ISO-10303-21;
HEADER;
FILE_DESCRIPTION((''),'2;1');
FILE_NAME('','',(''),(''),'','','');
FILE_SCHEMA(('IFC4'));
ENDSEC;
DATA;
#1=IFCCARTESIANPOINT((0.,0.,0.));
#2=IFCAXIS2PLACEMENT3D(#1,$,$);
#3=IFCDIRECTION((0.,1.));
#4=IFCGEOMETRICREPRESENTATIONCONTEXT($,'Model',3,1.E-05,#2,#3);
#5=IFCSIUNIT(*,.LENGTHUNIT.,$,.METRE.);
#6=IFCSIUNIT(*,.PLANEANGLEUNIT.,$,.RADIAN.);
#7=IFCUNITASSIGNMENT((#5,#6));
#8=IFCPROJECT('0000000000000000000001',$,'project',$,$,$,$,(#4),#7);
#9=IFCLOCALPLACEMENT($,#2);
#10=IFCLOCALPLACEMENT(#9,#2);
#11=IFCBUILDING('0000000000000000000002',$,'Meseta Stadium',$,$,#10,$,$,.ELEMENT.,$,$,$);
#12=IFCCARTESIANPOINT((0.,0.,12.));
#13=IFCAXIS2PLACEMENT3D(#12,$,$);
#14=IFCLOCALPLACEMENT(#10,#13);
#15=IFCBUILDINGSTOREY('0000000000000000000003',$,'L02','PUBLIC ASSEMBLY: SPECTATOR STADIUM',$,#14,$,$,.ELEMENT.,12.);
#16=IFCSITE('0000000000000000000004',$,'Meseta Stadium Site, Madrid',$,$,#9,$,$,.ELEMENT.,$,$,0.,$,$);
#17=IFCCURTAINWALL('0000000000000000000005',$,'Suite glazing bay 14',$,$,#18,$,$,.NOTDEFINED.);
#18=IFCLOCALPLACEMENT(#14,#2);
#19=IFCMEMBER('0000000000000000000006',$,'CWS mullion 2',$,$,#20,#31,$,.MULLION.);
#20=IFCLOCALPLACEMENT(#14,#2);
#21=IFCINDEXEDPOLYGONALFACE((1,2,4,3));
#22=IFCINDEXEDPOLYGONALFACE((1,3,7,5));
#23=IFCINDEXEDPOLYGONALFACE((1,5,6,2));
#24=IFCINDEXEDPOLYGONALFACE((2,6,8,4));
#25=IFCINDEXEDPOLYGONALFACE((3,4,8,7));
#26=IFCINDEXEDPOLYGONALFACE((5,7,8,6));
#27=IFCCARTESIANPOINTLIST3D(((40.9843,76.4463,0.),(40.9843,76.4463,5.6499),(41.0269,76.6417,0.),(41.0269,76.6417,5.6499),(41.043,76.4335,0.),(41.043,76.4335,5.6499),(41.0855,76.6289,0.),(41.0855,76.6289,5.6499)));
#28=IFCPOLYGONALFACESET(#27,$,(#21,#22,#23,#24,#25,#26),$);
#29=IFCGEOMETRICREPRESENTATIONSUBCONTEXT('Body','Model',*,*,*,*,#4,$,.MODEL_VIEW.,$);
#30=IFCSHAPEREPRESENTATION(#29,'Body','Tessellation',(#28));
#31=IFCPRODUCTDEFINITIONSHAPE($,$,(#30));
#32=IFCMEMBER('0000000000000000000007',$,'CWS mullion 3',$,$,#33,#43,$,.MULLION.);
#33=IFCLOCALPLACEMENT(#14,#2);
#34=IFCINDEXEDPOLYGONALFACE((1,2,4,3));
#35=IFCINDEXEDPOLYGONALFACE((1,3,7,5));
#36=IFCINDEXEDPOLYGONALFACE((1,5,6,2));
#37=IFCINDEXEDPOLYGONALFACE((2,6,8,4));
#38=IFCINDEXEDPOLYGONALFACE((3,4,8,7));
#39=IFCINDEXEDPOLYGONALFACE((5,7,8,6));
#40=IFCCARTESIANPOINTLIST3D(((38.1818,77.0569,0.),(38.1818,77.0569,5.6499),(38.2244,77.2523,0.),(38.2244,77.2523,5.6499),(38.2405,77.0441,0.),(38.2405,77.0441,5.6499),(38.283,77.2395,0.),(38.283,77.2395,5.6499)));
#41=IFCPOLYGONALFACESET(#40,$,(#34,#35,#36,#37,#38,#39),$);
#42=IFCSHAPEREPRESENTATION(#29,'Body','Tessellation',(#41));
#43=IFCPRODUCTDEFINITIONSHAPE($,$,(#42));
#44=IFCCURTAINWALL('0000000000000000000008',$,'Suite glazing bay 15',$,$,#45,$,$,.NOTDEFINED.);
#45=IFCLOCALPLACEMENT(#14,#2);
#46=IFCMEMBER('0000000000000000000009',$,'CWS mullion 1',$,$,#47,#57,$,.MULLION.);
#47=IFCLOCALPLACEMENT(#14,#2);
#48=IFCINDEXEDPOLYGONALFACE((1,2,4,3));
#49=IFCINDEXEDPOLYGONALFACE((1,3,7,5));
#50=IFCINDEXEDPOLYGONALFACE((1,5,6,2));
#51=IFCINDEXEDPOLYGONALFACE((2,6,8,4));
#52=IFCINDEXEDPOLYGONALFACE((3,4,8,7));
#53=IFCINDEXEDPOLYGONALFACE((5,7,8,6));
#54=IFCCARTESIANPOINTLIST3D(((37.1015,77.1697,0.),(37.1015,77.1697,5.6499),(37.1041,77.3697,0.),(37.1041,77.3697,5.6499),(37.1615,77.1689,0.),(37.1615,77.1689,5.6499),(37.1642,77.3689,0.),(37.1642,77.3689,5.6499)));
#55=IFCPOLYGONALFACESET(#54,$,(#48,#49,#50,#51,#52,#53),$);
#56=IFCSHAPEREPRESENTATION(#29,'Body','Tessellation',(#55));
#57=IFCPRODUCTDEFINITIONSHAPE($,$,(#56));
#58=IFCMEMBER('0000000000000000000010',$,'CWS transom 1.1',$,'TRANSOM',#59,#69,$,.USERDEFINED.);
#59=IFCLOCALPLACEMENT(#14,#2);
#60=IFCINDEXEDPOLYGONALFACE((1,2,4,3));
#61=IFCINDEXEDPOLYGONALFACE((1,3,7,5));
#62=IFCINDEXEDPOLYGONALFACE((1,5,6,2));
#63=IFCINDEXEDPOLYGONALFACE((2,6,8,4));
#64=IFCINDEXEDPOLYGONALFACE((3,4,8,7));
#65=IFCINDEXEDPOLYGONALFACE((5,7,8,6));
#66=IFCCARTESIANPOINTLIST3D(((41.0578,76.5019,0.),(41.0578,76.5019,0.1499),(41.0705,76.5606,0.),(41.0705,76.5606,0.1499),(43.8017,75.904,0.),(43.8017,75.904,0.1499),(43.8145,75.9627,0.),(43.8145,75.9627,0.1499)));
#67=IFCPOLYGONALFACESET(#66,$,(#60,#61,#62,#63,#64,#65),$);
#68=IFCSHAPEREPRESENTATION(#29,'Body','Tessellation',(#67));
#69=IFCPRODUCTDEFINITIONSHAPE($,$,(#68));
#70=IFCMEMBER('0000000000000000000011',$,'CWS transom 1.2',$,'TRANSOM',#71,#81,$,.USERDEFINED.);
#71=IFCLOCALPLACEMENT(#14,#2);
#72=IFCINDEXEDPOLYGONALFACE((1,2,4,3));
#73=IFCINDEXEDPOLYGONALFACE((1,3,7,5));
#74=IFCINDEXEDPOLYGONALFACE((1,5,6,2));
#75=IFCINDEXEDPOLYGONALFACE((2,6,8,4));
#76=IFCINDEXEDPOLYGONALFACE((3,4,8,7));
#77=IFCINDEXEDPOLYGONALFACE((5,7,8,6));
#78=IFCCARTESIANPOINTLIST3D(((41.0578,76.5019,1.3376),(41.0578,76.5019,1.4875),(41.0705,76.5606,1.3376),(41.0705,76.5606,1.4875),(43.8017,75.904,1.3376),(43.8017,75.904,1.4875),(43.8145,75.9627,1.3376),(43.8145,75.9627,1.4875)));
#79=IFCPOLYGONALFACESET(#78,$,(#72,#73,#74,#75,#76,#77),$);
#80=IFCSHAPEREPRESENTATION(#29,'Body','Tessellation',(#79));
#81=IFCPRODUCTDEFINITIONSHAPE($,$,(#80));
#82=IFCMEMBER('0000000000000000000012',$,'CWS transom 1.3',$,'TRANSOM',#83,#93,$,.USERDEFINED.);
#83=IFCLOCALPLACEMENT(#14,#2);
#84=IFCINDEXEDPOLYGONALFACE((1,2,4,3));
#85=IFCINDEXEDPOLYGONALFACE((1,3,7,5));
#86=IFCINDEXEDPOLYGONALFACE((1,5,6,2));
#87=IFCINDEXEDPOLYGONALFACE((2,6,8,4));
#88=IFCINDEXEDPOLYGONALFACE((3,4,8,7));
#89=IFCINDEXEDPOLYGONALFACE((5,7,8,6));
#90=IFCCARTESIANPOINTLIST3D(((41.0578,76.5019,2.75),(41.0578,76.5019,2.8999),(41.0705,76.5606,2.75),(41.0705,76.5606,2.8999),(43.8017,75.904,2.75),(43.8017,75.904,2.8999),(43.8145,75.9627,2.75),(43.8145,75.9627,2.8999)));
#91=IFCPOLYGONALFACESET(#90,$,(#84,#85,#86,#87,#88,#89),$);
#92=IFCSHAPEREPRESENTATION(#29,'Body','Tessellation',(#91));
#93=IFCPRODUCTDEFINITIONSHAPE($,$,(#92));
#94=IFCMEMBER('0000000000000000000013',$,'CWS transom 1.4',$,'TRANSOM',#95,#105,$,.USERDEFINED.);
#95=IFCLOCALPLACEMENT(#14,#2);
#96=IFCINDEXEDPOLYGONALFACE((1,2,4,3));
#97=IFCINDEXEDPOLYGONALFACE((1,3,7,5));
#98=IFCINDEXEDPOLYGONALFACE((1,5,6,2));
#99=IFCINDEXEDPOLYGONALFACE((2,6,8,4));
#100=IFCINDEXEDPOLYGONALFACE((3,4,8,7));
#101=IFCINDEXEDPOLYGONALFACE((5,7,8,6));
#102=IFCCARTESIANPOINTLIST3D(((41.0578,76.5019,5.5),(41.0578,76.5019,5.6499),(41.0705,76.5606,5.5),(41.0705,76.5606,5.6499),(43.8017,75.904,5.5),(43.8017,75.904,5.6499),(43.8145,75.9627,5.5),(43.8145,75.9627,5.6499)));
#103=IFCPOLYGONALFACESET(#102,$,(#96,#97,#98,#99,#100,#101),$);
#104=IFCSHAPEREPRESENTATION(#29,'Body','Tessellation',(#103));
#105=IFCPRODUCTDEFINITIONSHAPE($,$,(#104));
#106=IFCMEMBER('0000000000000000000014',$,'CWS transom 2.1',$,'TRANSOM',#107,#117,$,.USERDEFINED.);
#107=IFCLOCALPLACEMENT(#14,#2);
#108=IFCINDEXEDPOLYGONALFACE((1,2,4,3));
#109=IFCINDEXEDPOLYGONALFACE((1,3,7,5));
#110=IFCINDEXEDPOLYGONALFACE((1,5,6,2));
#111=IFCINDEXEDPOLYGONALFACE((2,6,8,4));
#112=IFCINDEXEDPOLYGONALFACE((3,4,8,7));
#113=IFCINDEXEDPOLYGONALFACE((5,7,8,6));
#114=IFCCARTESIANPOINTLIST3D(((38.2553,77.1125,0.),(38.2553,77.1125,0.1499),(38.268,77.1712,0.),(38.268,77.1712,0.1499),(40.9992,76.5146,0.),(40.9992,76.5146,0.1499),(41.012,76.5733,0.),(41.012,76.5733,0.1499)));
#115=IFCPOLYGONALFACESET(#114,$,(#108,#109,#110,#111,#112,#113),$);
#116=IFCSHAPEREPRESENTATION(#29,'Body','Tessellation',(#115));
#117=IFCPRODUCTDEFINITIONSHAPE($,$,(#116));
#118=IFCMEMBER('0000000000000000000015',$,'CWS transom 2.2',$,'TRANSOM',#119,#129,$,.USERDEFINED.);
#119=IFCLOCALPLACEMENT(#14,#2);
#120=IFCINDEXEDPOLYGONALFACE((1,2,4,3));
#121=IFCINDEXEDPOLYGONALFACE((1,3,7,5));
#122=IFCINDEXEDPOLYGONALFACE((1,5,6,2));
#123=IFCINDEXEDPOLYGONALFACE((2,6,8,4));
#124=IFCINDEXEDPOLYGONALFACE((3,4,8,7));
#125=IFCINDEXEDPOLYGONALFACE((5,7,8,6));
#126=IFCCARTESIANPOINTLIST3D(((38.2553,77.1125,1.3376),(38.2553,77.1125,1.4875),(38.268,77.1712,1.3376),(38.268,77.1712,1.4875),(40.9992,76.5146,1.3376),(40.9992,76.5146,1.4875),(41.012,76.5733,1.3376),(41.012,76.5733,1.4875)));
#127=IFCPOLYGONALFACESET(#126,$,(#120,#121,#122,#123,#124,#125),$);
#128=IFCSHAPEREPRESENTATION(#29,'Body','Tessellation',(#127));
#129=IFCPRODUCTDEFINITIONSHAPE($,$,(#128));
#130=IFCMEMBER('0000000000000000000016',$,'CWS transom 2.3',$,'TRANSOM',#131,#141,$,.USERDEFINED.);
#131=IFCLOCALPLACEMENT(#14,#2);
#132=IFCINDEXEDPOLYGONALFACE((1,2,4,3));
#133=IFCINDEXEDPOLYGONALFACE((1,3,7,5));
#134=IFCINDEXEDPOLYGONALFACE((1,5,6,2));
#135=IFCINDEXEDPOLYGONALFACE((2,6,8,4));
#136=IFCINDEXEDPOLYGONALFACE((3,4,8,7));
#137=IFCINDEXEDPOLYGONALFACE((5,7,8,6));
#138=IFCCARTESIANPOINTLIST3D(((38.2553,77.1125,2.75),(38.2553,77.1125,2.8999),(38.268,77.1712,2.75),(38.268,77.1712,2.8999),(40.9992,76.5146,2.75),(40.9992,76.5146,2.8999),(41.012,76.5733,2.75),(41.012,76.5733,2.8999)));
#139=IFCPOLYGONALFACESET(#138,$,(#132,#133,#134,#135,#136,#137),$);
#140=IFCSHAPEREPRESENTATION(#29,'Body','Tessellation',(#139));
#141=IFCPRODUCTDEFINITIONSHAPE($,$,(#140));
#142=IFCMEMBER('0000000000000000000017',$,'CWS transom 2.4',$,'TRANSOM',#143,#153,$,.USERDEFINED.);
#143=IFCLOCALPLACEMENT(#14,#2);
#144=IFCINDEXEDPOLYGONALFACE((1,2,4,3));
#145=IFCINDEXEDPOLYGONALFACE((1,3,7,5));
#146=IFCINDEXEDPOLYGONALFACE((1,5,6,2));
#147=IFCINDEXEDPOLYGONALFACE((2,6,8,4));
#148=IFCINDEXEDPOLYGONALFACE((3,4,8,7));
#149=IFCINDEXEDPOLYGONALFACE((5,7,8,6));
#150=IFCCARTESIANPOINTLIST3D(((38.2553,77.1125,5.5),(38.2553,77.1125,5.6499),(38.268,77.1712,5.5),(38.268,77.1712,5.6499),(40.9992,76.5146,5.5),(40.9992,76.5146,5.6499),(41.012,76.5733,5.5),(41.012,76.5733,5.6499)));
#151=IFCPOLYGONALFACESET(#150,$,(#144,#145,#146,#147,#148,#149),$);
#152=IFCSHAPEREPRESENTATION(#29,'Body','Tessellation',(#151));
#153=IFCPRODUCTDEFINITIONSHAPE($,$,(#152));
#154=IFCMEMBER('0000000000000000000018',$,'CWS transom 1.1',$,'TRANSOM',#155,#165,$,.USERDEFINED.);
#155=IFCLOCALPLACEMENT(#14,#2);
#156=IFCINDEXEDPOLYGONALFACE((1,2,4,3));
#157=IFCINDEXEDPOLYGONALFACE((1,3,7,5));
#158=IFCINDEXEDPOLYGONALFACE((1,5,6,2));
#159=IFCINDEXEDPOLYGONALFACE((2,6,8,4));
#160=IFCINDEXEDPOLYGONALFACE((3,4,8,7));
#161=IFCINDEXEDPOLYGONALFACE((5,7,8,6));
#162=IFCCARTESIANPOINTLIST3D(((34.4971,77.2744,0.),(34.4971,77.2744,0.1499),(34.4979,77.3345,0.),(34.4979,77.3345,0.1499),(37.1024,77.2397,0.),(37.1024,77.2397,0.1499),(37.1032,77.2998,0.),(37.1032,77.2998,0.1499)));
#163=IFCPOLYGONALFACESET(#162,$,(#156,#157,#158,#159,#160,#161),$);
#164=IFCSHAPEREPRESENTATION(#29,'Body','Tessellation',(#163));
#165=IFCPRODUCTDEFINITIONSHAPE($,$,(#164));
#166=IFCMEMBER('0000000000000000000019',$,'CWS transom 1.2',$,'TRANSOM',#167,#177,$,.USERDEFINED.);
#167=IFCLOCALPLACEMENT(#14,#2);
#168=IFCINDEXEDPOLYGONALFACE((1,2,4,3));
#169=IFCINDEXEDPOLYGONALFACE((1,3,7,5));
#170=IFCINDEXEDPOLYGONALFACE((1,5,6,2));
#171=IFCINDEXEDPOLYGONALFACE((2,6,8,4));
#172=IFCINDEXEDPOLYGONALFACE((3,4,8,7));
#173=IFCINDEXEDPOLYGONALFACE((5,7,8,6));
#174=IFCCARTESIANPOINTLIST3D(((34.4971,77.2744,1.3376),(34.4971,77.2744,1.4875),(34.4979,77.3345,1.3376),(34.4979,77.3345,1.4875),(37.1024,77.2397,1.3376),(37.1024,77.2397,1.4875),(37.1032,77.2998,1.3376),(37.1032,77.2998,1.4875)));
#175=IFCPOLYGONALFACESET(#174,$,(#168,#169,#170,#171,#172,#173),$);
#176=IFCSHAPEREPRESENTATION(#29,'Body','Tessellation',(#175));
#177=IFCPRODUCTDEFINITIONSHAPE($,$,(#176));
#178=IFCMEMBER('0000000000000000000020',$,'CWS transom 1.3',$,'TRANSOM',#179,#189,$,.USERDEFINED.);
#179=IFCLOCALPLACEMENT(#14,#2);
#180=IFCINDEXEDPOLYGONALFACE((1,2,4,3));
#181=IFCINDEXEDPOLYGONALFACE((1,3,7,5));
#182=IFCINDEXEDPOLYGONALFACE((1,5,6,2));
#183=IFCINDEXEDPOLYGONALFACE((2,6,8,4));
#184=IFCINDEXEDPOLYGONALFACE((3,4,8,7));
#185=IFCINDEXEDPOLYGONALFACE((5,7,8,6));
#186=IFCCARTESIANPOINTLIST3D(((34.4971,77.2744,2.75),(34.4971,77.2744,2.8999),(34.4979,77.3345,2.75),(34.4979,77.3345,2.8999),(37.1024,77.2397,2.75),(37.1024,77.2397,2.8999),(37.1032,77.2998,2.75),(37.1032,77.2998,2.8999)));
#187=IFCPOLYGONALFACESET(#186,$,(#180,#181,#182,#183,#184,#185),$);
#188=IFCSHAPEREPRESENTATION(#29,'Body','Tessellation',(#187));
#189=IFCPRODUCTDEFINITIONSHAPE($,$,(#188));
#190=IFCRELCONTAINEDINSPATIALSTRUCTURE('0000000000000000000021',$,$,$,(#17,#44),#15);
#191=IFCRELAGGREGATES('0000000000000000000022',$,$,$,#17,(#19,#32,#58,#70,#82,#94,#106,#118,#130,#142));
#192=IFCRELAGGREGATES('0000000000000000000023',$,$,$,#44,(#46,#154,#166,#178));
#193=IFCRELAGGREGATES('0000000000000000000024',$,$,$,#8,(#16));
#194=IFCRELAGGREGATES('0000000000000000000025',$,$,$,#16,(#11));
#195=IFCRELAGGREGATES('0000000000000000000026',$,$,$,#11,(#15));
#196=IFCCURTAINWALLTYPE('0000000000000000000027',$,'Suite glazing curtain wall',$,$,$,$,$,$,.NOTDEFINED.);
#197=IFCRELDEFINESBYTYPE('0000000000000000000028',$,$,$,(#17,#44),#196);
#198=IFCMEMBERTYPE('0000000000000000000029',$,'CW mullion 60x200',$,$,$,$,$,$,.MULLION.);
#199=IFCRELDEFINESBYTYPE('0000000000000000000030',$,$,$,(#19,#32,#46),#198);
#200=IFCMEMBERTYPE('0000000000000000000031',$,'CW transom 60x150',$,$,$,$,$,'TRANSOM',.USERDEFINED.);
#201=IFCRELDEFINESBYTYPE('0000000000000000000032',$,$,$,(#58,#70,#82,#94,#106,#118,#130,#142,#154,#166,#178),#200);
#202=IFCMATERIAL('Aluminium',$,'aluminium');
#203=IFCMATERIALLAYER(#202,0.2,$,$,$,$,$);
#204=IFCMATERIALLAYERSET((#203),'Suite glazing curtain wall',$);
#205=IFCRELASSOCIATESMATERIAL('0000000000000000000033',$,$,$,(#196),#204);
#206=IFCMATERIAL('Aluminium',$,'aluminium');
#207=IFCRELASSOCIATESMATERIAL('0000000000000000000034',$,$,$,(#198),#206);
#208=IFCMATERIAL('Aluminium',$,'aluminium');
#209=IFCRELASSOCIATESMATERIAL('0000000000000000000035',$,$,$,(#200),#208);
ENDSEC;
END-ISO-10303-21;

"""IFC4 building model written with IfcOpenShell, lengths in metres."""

from ifc_helpers import new_model, si_unit, direction, frame, origin, origin_2d, place, context, subcontext, project, spatial, rectangle, extrude, material, layer, layer_set, material_profile, profile_set, type_object, element, aggregate, save


model = new_model("IFC4")

# Units and contexts
model_context = context("Model", 3, precision=1e-05, world=origin(), true_north=direction((0.0, 1.0)))
body_context = subcontext(model_context, "Body", "Model", "MODEL_VIEW")
ifc_project = project(units=[si_unit("LENGTHUNIT", "METRE"), si_unit("PLANEANGLEUNIT", "RADIAN")], contexts=[model_context])

# Site, building, storey
site_placement = place(None, origin())
site = spatial("IfcSite", under=ifc_project, at=site_placement, Name="Meseta Stadium Site, Madrid", CompositionType="ELEMENT", RefElevation=0.0)
building_placement = place(site_placement, origin())
building = spatial("IfcBuilding", under=site, at=building_placement, Name="Meseta Stadium", CompositionType="ELEMENT")
storey_placement = place(building_placement, frame((0.0, 0.0, 12.0)))
storey = spatial("IfcBuildingStorey", under=building, at=storey_placement, Name="L02", Description="PUBLIC ASSEMBLY: SPECTATOR STADIUM", CompositionType="ELEMENT", Elevation=12.0)

# Shared definitions
ifc_material_1 = material(Name="Aluminium", Category="aluminium")
ifc_layer_1 = layer(ifc_material_1, 0.2)
ifc_layer_set_1 = layer_set([ifc_layer_1], Name="Suite glazing curtain wall")
curtain_wall_type = type_object("IfcCurtainWallType", Name="Suite glazing curtain wall", PredefinedType="NOTDEFINED", material=ifc_layer_set_1)
ifc_material_2 = material(Name="Aluminium", Category="aluminium")
ifc_material_profile_1 = material_profile(ifc_material_2, rectangle(XDim=0.2, YDim=0.0601, at=origin_2d()), Name="CW 200x60")
ifc_profile_set_1 = profile_set([ifc_material_profile_1], Name="Aluminium")
member_type_1 = type_object("IfcMemberType", Name="CW mullion 60x200", PredefinedType="MULLION", material=ifc_profile_set_1)

# Curtain wall, members
curtain_wall_1_placement = place(storey_placement, origin())
curtain_wall_1 = element("IfcCurtainWall", 1, at=curtain_wall_1_placement, inside=storey, type_object=curtain_wall_type, Name="Suite glazing bay 14", PredefinedType="NOTDEFINED")
member_1_placement = place(storey_placement, frame((41.0349, 76.5376, 0.0), z_axis=(0.0, 0.0, 1.0), x_axis=(-0.212917, -0.97707, 0.0)))
member_1 = element("IfcMember", 2, at=member_1_placement, type_object=member_type_1, Name="CWS mullion 2", PredefinedType="MULLION", context=body_context, shape_type="SweptSolid", body=[
    extrude(rectangle(XDim=0.2, YDim=0.0601, at=origin_2d()), origin(), (0.0, 0.0, 1.0), 5.6499),
])
member_2_placement = place(storey_placement, frame((38.2324, 77.1482, 0.0), z_axis=(0.0, 0.0, 1.0), x_axis=(-0.212917, -0.97707, 0.0)))
member_2 = element("IfcMember", 3, at=member_2_placement, type_object=member_type_1, Name="CWS mullion 3", PredefinedType="MULLION", context=body_context, shape_type="SweptSolid", body=[
    extrude(rectangle(XDim=0.2, YDim=0.0601, at=origin_2d()), origin(), (0.0, 0.0, 1.0), 5.6499),
])

# Curtain wall, member
curtain_wall_2_placement = place(storey_placement, origin())
curtain_wall_2 = element("IfcCurtainWall", 4, at=curtain_wall_2_placement, inside=storey, type_object=curtain_wall_type, Name="Suite glazing bay 15", PredefinedType="NOTDEFINED")
member_3_placement = place(storey_placement, frame((37.1328, 77.2693, 0.0), z_axis=(0.0, 0.0, 1.0), x_axis=(-0.013281, -0.999912, 0.0)))
member_3 = element("IfcMember", 5, at=member_3_placement, type_object=member_type_1, Name="CWS mullion 1", PredefinedType="MULLION", context=body_context, shape_type="SweptSolid", body=[
    extrude(rectangle(XDim=0.2, YDim=0.0601, at=origin_2d()), origin(), (0.0, 0.0, 1.0), 5.6499),
])

# Members
ifc_material_3 = material(Name="Aluminium", Category="aluminium")
ifc_material_profile_2 = material_profile(ifc_material_3, rectangle(XDim=0.0601, YDim=0.1499, at=origin_2d()), Name="CW 60x150")
ifc_profile_set_2 = profile_set([ifc_material_profile_2], Name="Aluminium")
member_type_2 = type_object("IfcMemberType", Name="CW transom 60x150", ElementType="TRANSOM", PredefinedType="USERDEFINED", material=ifc_profile_set_2)
member_4_placement = place(storey_placement, frame((43.8081, 75.9333, 0.075), z_axis=(-0.977073, 0.212906, 0.0), x_axis=(-0.212906, -0.977073, 0.0)))
member_4 = element("IfcMember", 6, at=member_4_placement, type_object=member_type_2, Name="CWS transom 1.1", ObjectType="TRANSOM", PredefinedType="USERDEFINED", context=body_context, shape_type="SweptSolid", body=[
    extrude(rectangle(XDim=0.0601, YDim=0.1499, at=origin_2d()), origin(), (0.0, 0.0, 1.0), 2.8083),
])
member_5_placement = place(storey_placement, frame((43.8081, 75.9333, 1.4126), z_axis=(-0.977073, 0.212906, 0.0), x_axis=(-0.212906, -0.977073, 0.0)))
member_5 = element("IfcMember", 7, at=member_5_placement, type_object=member_type_2, Name="CWS transom 1.2", ObjectType="TRANSOM", PredefinedType="USERDEFINED", context=body_context, shape_type="SweptSolid", body=[
    extrude(rectangle(XDim=0.0601, YDim=0.1499, at=origin_2d()), origin(), (0.0, 0.0, 1.0), 2.8083),
])
member_6_placement = place(storey_placement, frame((43.8081, 75.9333, 2.825), z_axis=(-0.977073, 0.212906, 0.0), x_axis=(-0.212906, -0.977073, 0.0)))
member_6 = element("IfcMember", 8, at=member_6_placement, type_object=member_type_2, Name="CWS transom 1.3", ObjectType="TRANSOM", PredefinedType="USERDEFINED", context=body_context, shape_type="SweptSolid", body=[
    extrude(rectangle(XDim=0.0601, YDim=0.1499, at=origin_2d()), origin(), (0.0, 0.0, 1.0), 2.8083),
])
member_7_placement = place(storey_placement, frame((43.8081, 75.9333, 5.575), z_axis=(-0.977073, 0.212906, 0.0), x_axis=(-0.212906, -0.977073, 0.0)))
member_7 = element("IfcMember", 9, at=member_7_placement, type_object=member_type_2, Name="CWS transom 1.4", ObjectType="TRANSOM", PredefinedType="USERDEFINED", context=body_context, shape_type="SweptSolid", body=[
    extrude(rectangle(XDim=0.0601, YDim=0.1499, at=origin_2d()), origin(), (0.0, 0.0, 1.0), 2.8083),
])
member_8_placement = place(storey_placement, frame((41.0056, 76.5439, 0.075), z_axis=(-0.977073, 0.212906, 0.0), x_axis=(-0.212906, -0.977073, 0.0)))
member_8 = element("IfcMember", 10, at=member_8_placement, type_object=member_type_2, Name="CWS transom 2.1", ObjectType="TRANSOM", PredefinedType="USERDEFINED", context=body_context, shape_type="SweptSolid", body=[
    extrude(rectangle(XDim=0.0601, YDim=0.1499, at=origin_2d()), origin(), (0.0, 0.0, 1.0), 2.8083),
])
member_9_placement = place(storey_placement, frame((41.0056, 76.5439, 1.4126), z_axis=(-0.977073, 0.212906, 0.0), x_axis=(-0.212906, -0.977073, 0.0)))
member_9 = element("IfcMember", 11, at=member_9_placement, type_object=member_type_2, Name="CWS transom 2.2", ObjectType="TRANSOM", PredefinedType="USERDEFINED", context=body_context, shape_type="SweptSolid", body=[
    extrude(rectangle(XDim=0.0601, YDim=0.1499, at=origin_2d()), origin(), (0.0, 0.0, 1.0), 2.8083),
])
member_10_placement = place(storey_placement, frame((41.0056, 76.5439, 2.825), z_axis=(-0.977073, 0.212906, 0.0), x_axis=(-0.212906, -0.977073, 0.0)))
member_10 = element("IfcMember", 12, at=member_10_placement, type_object=member_type_2, Name="CWS transom 2.3", ObjectType="TRANSOM", PredefinedType="USERDEFINED", context=body_context, shape_type="SweptSolid", body=[
    extrude(rectangle(XDim=0.0601, YDim=0.1499, at=origin_2d()), origin(), (0.0, 0.0, 1.0), 2.8083),
])
member_11_placement = place(storey_placement, frame((41.0056, 76.5439, 5.575), z_axis=(-0.977073, 0.212906, 0.0), x_axis=(-0.212906, -0.977073, 0.0)))
member_11 = element("IfcMember", 13, at=member_11_placement, type_object=member_type_2, Name="CWS transom 2.4", ObjectType="TRANSOM", PredefinedType="USERDEFINED", context=body_context, shape_type="SweptSolid", body=[
    extrude(rectangle(XDim=0.0601, YDim=0.1499, at=origin_2d()), origin(), (0.0, 0.0, 1.0), 2.8083),
])
member_12_placement = place(storey_placement, frame((37.1028, 77.2698, 0.075), z_axis=(-0.999911, 0.013306, 0.0), x_axis=(-0.013306, -0.999911, 0.0)))
member_12 = element("IfcMember", 14, at=member_12_placement, type_object=member_type_2, Name="CWS transom 1.1", ObjectType="TRANSOM", PredefinedType="USERDEFINED", context=body_context, shape_type="SweptSolid", body=[
    extrude(rectangle(XDim=0.0601, YDim=0.1499, at=origin_2d()), origin(), (0.0, 0.0, 1.0), 2.6055),
])
member_13_placement = place(storey_placement, frame((37.1028, 77.2698, 1.4126), z_axis=(-0.999911, 0.013306, 0.0), x_axis=(-0.013306, -0.999911, 0.0)))
member_13 = element("IfcMember", 15, at=member_13_placement, type_object=member_type_2, Name="CWS transom 1.2", ObjectType="TRANSOM", PredefinedType="USERDEFINED", context=body_context, shape_type="SweptSolid", body=[
    extrude(rectangle(XDim=0.0601, YDim=0.1499, at=origin_2d()), origin(), (0.0, 0.0, 1.0), 2.6055),
])
member_14_placement = place(storey_placement, frame((37.1028, 77.2698, 2.825), z_axis=(-0.999911, 0.013306, 0.0), x_axis=(-0.013306, -0.999911, 0.0)))
member_14 = element("IfcMember", 16, at=member_14_placement, type_object=member_type_2, Name="CWS transom 1.3", ObjectType="TRANSOM", PredefinedType="USERDEFINED", context=body_context, shape_type="SweptSolid", body=[
    extrude(rectangle(XDim=0.0601, YDim=0.1499, at=origin_2d()), origin(), (0.0, 0.0, 1.0), 2.6055),
])

aggregate(curtain_wall_1, [member_1, member_2, member_4, member_5, member_6, member_7, member_8, member_9, member_10, member_11])
aggregate(curtain_wall_2, [member_3, member_12, member_13, member_14])

save(model, "model.ifc")
